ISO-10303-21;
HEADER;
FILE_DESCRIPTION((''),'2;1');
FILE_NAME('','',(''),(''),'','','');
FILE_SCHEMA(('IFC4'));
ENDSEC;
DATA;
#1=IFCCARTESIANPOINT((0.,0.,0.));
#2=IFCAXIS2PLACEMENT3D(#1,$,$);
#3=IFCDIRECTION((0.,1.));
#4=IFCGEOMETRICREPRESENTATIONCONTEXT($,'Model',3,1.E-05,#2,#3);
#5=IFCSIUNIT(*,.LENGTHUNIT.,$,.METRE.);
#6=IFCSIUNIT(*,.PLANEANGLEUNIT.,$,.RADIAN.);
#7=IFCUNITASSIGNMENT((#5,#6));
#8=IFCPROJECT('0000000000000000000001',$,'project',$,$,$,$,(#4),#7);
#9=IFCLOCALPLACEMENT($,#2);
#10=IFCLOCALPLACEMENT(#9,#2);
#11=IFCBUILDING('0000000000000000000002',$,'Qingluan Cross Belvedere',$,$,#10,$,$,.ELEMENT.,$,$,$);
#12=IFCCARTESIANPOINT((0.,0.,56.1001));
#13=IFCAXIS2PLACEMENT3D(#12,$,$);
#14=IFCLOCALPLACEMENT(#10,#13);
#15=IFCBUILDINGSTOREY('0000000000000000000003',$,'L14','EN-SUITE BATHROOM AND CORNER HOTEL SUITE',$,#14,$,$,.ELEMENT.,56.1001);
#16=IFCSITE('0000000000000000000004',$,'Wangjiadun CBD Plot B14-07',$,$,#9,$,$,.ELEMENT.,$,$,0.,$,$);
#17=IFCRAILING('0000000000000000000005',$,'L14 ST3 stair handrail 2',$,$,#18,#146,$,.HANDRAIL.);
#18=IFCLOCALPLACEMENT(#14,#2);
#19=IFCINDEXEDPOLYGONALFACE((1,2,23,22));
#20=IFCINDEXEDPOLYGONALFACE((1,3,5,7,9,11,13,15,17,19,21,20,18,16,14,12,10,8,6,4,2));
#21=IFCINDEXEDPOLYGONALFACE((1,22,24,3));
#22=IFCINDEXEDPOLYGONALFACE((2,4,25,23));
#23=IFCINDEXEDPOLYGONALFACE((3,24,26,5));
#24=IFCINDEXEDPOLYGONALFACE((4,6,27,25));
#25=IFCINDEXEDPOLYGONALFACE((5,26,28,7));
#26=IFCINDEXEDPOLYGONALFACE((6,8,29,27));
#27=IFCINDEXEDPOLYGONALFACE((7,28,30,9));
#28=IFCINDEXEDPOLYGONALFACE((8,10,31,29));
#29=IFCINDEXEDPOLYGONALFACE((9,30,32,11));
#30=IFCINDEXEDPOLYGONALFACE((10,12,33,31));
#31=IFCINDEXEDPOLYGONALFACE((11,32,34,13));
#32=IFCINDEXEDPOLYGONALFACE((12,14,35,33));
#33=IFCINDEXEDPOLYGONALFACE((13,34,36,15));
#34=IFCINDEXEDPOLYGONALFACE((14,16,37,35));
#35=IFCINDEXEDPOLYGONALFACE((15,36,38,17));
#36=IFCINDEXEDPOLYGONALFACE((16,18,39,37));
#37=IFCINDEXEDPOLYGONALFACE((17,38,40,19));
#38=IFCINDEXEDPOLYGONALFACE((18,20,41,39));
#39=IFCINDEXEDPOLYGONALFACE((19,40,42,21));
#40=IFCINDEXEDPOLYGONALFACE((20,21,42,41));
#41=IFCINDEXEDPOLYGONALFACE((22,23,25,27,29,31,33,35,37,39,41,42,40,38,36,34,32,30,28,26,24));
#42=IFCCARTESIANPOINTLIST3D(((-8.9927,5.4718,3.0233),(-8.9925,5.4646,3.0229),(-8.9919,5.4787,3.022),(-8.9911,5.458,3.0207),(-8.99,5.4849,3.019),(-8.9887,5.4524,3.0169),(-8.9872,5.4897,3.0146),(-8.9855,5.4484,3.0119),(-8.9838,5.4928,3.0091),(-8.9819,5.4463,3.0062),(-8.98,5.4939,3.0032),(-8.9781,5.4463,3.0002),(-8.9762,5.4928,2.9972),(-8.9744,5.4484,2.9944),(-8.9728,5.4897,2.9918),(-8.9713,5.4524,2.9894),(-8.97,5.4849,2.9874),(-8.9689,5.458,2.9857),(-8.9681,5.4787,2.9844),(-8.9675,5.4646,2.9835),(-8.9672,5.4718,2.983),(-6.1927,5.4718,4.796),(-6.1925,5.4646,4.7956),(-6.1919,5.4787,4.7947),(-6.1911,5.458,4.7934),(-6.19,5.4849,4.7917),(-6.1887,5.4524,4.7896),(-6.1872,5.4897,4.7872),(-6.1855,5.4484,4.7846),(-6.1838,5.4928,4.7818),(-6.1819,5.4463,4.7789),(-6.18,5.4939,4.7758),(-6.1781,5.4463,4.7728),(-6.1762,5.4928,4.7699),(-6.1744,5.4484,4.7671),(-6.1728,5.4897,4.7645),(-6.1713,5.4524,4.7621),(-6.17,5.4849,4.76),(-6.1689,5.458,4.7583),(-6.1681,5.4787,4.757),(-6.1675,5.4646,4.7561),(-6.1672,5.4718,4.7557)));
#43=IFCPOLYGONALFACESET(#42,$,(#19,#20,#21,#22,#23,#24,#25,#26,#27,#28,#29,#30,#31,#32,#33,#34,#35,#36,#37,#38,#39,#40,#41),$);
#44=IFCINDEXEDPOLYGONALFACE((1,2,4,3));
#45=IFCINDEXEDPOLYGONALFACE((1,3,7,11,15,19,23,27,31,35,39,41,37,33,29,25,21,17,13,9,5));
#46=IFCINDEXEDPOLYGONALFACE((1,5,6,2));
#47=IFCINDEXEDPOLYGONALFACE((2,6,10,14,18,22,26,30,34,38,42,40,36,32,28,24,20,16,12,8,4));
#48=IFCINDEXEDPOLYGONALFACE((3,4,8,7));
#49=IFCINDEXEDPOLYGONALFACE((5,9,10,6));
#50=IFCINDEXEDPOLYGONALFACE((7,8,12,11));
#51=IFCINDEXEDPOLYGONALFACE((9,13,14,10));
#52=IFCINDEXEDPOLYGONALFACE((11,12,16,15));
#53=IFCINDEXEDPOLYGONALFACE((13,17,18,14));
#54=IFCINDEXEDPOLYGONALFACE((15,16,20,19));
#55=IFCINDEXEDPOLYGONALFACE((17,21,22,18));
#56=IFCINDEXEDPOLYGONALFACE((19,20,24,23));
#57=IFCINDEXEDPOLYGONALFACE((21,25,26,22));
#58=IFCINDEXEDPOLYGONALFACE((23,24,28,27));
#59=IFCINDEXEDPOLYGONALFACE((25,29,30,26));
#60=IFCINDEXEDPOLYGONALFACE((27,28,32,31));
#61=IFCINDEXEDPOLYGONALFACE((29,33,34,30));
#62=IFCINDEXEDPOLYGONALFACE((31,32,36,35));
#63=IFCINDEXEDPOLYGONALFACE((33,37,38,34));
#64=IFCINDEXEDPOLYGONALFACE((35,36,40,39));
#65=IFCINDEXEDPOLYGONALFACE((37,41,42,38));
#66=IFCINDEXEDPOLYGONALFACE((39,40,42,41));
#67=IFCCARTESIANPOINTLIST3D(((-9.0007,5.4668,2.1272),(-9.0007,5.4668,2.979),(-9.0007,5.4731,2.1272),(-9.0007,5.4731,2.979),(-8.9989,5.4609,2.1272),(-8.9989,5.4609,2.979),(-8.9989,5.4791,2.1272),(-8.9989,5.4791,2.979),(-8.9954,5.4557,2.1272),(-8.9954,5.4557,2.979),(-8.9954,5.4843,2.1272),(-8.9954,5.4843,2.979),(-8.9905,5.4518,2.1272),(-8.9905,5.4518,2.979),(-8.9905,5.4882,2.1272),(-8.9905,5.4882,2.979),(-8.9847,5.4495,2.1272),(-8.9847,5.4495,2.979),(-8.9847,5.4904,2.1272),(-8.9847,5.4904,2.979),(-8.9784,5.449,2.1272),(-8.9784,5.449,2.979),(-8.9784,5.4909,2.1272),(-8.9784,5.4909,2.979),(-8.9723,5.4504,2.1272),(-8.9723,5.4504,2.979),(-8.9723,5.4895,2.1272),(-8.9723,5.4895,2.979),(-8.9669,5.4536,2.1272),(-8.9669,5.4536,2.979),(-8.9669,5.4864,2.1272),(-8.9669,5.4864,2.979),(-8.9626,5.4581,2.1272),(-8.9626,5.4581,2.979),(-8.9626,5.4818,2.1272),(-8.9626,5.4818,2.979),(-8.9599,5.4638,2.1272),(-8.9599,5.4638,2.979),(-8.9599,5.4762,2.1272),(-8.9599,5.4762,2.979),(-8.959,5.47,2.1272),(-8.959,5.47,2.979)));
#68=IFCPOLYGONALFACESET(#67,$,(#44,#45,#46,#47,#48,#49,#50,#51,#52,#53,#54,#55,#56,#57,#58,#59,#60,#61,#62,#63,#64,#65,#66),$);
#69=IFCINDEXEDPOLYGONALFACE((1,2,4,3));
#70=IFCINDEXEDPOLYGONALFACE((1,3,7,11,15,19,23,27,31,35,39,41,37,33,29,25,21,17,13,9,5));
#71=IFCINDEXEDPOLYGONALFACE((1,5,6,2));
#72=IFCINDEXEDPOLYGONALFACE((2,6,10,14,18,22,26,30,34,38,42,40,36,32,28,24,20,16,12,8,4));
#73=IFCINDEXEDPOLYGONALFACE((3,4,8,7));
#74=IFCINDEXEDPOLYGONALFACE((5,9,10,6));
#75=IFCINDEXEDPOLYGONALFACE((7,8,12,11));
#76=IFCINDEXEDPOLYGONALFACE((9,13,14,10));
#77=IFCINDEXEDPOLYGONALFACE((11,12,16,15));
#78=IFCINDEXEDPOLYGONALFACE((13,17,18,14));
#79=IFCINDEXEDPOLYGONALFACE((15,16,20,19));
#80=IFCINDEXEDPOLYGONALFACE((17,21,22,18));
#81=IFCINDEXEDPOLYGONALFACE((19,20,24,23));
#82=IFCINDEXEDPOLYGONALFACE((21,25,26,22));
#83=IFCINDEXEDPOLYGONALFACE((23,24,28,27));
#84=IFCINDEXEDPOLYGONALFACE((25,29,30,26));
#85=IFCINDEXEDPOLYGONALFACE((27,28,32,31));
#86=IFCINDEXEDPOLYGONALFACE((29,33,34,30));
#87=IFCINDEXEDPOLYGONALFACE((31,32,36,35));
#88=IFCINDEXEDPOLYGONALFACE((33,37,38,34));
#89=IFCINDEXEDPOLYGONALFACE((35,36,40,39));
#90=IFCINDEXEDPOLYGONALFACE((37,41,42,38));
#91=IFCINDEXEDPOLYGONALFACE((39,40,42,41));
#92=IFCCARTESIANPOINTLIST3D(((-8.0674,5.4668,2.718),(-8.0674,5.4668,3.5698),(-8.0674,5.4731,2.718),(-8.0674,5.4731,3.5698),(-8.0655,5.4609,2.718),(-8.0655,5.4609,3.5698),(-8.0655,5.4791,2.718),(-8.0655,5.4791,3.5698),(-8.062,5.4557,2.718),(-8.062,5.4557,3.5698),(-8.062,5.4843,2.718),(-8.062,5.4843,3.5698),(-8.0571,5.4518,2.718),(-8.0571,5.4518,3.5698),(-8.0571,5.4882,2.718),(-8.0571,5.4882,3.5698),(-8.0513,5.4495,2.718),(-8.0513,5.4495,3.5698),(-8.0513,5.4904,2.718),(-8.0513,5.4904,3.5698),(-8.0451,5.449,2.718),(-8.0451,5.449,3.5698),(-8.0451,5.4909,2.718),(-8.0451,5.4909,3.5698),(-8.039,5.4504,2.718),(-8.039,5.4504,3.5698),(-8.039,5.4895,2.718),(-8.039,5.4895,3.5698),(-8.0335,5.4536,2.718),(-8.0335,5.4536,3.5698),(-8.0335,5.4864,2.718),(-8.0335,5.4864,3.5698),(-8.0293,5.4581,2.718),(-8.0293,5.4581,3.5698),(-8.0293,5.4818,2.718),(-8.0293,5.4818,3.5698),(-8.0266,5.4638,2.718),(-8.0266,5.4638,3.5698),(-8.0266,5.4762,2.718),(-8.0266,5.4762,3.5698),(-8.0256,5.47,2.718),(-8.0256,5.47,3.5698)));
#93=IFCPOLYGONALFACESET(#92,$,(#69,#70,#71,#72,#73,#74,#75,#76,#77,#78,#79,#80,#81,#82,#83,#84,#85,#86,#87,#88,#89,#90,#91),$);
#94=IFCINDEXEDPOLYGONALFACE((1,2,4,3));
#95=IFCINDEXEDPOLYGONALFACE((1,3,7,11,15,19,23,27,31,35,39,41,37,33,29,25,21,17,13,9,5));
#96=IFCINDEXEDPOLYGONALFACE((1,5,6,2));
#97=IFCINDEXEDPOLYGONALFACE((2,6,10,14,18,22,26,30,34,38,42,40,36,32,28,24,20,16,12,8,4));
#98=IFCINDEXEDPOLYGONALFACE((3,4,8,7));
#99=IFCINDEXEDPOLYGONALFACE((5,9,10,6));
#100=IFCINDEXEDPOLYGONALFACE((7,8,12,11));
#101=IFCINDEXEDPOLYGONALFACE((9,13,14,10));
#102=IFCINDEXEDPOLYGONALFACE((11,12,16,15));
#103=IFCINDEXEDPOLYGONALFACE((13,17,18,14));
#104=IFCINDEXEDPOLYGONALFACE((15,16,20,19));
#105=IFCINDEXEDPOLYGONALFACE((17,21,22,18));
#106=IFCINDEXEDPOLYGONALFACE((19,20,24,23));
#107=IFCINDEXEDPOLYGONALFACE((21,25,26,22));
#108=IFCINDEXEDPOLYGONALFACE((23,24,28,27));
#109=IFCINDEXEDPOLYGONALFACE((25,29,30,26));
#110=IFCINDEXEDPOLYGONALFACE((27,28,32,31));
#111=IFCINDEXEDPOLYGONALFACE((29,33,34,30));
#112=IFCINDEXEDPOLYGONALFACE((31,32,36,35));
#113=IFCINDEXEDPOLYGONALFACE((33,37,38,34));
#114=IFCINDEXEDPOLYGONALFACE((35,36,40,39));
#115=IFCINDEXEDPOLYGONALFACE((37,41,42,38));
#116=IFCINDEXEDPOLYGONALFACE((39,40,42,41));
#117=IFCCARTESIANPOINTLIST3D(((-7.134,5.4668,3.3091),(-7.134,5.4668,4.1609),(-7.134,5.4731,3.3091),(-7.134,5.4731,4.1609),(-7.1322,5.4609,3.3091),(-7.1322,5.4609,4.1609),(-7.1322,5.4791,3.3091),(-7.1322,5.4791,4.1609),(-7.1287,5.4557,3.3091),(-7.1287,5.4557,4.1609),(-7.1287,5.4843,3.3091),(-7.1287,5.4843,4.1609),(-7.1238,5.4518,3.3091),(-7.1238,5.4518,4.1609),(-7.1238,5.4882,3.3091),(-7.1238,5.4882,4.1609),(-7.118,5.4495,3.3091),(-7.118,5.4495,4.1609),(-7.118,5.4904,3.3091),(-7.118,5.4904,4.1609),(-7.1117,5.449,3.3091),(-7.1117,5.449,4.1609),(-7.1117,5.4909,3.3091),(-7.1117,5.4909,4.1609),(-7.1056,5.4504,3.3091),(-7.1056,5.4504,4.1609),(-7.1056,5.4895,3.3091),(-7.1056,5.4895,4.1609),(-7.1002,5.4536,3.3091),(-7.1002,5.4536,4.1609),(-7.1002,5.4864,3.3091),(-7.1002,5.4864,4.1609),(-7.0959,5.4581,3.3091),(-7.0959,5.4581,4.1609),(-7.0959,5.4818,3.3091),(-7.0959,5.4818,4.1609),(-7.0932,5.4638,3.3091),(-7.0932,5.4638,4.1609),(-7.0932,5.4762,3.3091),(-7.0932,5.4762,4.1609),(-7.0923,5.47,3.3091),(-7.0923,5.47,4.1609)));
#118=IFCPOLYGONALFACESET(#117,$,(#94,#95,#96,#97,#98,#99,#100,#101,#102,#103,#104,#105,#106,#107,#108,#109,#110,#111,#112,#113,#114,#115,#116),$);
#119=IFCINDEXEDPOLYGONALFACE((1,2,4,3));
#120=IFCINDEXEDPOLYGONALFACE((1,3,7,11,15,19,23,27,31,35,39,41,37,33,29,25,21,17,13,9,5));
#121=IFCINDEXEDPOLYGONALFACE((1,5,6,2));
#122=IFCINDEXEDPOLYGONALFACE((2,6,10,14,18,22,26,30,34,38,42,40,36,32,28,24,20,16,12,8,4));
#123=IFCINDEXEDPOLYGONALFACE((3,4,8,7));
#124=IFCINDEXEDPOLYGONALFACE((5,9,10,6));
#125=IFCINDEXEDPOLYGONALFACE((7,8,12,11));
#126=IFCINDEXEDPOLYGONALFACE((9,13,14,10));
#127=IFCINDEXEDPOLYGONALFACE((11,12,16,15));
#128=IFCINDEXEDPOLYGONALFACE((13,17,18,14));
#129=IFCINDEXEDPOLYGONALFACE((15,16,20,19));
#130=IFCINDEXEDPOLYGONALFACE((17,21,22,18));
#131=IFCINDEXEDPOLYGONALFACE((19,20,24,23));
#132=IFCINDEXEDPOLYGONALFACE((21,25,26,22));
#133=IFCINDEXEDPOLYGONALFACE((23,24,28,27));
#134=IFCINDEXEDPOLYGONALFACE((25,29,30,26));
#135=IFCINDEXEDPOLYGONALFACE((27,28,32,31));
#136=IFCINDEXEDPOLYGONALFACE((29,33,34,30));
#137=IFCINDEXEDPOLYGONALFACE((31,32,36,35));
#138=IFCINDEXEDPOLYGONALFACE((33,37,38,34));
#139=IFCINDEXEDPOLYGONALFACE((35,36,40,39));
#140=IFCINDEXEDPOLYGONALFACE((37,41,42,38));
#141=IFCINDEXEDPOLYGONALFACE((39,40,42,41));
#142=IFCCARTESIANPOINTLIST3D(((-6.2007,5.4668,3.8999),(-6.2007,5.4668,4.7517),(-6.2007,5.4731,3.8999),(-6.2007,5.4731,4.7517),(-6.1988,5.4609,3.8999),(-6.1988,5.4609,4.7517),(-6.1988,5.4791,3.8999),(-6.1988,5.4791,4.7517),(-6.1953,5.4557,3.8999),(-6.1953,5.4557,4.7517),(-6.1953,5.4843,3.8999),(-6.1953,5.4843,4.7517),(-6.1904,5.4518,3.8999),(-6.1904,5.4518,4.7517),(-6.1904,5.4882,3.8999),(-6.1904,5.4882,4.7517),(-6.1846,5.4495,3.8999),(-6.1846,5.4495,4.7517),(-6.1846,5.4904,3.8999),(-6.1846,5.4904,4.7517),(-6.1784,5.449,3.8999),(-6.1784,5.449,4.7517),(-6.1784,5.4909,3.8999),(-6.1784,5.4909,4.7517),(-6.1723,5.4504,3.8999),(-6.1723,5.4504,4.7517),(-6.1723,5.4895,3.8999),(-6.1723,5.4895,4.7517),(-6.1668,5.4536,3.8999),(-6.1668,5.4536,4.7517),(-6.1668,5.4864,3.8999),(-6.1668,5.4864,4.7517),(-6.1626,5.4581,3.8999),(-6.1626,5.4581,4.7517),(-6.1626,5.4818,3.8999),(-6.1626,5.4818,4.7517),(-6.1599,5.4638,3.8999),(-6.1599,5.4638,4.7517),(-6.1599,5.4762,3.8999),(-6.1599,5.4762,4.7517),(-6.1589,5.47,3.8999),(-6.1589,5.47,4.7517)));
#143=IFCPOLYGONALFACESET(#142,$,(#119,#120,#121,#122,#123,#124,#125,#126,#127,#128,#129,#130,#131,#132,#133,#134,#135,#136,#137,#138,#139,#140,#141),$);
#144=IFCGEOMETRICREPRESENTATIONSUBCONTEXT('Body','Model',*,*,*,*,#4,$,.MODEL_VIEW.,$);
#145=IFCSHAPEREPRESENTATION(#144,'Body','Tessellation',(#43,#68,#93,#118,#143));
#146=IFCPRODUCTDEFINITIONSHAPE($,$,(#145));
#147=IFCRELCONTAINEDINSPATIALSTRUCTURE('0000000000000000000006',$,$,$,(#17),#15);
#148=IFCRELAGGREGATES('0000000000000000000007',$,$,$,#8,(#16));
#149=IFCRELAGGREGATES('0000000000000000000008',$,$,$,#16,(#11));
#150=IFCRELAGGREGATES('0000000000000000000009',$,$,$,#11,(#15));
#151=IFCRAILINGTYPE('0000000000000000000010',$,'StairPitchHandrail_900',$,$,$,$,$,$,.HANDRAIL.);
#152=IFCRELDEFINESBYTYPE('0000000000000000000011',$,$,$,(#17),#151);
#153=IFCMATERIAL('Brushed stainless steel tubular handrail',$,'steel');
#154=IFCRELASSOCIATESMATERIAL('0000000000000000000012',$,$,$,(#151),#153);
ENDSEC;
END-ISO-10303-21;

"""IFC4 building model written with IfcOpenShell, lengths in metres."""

from ifc_helpers import new_model, si_unit, direction, frame, origin, origin_2d, place, context, subcontext, project, spatial, circle, extrude, material, type_object, element, save


model = new_model("IFC4")

# Units and contexts
model_context = context("Model", 3, precision=1e-05, world=origin(), true_north=direction((0.0, 1.0)))
body_context = subcontext(model_context, "Body", "Model", "MODEL_VIEW")
ifc_project = project(units=[si_unit("LENGTHUNIT", "METRE"), si_unit("PLANEANGLEUNIT", "RADIAN")], contexts=[model_context])

# Site, building, storey
site_placement = place(None, origin())
site = spatial("IfcSite", under=ifc_project, at=site_placement, Name="Wangjiadun CBD Plot B14-07", CompositionType="ELEMENT", RefElevation=0.0)
building_placement = place(site_placement, origin())
building = spatial("IfcBuilding", under=site, at=building_placement, Name="Qingluan Cross Belvedere", CompositionType="ELEMENT")
storey_placement = place(building_placement, frame((0.0, 0.0, 56.1001)))
storey = spatial("IfcBuildingStorey", under=building, at=storey_placement, Name="L14", Description="EN-SUITE BATHROOM AND CORNER HOTEL SUITE", CompositionType="ELEMENT", Elevation=56.1001)

# Railing
ifc_material_1 = material(Name="Brushed stainless steel tubular handrail", Category="steel")
railing_type_1 = type_object("IfcRailingType", Name="StairPitchHandrail_900", PredefinedType="HANDRAIL", material=ifc_material_1)
railing_1_placement = place(storey_placement, frame((-8.98, 5.47, 2.1272)))
element("IfcRailing", 1, at=railing_1_placement, inside=storey, type_object=railing_type_1, Name="L14 ST3 stair handrail 2", PredefinedType="HANDRAIL", context=body_context, shape_type="SweptSolid", body=[
    extrude(circle(Radius=0.0239, at=origin_2d()), frame((0.0, 0.0, 0.876), z_axis=(0.844909, 0.0, 0.53491), x_axis=(0.0, 1.0, 0.0)), (0.0, 0.0, 1.0), 3.314),
    extrude(circle(Radius=0.021, at=origin_2d()), origin(), (0.0, 0.0, 1.0), 0.8518),
    extrude(circle(Radius=0.021, at=origin_2d()), frame((0.9333, 0.0, 0.5908)), (0.0, 0.0, 1.0), 0.8518),
    extrude(circle(Radius=0.021, at=origin_2d()), frame((1.8667, 0.0, 1.1819)), (0.0, 0.0, 1.0), 0.8518),
    extrude(circle(Radius=0.021, at=origin_2d()), frame((2.8, 0.0, 1.7727)), (0.0, 0.0, 1.0), 0.8518),
])

save(model, "model.ifc")
